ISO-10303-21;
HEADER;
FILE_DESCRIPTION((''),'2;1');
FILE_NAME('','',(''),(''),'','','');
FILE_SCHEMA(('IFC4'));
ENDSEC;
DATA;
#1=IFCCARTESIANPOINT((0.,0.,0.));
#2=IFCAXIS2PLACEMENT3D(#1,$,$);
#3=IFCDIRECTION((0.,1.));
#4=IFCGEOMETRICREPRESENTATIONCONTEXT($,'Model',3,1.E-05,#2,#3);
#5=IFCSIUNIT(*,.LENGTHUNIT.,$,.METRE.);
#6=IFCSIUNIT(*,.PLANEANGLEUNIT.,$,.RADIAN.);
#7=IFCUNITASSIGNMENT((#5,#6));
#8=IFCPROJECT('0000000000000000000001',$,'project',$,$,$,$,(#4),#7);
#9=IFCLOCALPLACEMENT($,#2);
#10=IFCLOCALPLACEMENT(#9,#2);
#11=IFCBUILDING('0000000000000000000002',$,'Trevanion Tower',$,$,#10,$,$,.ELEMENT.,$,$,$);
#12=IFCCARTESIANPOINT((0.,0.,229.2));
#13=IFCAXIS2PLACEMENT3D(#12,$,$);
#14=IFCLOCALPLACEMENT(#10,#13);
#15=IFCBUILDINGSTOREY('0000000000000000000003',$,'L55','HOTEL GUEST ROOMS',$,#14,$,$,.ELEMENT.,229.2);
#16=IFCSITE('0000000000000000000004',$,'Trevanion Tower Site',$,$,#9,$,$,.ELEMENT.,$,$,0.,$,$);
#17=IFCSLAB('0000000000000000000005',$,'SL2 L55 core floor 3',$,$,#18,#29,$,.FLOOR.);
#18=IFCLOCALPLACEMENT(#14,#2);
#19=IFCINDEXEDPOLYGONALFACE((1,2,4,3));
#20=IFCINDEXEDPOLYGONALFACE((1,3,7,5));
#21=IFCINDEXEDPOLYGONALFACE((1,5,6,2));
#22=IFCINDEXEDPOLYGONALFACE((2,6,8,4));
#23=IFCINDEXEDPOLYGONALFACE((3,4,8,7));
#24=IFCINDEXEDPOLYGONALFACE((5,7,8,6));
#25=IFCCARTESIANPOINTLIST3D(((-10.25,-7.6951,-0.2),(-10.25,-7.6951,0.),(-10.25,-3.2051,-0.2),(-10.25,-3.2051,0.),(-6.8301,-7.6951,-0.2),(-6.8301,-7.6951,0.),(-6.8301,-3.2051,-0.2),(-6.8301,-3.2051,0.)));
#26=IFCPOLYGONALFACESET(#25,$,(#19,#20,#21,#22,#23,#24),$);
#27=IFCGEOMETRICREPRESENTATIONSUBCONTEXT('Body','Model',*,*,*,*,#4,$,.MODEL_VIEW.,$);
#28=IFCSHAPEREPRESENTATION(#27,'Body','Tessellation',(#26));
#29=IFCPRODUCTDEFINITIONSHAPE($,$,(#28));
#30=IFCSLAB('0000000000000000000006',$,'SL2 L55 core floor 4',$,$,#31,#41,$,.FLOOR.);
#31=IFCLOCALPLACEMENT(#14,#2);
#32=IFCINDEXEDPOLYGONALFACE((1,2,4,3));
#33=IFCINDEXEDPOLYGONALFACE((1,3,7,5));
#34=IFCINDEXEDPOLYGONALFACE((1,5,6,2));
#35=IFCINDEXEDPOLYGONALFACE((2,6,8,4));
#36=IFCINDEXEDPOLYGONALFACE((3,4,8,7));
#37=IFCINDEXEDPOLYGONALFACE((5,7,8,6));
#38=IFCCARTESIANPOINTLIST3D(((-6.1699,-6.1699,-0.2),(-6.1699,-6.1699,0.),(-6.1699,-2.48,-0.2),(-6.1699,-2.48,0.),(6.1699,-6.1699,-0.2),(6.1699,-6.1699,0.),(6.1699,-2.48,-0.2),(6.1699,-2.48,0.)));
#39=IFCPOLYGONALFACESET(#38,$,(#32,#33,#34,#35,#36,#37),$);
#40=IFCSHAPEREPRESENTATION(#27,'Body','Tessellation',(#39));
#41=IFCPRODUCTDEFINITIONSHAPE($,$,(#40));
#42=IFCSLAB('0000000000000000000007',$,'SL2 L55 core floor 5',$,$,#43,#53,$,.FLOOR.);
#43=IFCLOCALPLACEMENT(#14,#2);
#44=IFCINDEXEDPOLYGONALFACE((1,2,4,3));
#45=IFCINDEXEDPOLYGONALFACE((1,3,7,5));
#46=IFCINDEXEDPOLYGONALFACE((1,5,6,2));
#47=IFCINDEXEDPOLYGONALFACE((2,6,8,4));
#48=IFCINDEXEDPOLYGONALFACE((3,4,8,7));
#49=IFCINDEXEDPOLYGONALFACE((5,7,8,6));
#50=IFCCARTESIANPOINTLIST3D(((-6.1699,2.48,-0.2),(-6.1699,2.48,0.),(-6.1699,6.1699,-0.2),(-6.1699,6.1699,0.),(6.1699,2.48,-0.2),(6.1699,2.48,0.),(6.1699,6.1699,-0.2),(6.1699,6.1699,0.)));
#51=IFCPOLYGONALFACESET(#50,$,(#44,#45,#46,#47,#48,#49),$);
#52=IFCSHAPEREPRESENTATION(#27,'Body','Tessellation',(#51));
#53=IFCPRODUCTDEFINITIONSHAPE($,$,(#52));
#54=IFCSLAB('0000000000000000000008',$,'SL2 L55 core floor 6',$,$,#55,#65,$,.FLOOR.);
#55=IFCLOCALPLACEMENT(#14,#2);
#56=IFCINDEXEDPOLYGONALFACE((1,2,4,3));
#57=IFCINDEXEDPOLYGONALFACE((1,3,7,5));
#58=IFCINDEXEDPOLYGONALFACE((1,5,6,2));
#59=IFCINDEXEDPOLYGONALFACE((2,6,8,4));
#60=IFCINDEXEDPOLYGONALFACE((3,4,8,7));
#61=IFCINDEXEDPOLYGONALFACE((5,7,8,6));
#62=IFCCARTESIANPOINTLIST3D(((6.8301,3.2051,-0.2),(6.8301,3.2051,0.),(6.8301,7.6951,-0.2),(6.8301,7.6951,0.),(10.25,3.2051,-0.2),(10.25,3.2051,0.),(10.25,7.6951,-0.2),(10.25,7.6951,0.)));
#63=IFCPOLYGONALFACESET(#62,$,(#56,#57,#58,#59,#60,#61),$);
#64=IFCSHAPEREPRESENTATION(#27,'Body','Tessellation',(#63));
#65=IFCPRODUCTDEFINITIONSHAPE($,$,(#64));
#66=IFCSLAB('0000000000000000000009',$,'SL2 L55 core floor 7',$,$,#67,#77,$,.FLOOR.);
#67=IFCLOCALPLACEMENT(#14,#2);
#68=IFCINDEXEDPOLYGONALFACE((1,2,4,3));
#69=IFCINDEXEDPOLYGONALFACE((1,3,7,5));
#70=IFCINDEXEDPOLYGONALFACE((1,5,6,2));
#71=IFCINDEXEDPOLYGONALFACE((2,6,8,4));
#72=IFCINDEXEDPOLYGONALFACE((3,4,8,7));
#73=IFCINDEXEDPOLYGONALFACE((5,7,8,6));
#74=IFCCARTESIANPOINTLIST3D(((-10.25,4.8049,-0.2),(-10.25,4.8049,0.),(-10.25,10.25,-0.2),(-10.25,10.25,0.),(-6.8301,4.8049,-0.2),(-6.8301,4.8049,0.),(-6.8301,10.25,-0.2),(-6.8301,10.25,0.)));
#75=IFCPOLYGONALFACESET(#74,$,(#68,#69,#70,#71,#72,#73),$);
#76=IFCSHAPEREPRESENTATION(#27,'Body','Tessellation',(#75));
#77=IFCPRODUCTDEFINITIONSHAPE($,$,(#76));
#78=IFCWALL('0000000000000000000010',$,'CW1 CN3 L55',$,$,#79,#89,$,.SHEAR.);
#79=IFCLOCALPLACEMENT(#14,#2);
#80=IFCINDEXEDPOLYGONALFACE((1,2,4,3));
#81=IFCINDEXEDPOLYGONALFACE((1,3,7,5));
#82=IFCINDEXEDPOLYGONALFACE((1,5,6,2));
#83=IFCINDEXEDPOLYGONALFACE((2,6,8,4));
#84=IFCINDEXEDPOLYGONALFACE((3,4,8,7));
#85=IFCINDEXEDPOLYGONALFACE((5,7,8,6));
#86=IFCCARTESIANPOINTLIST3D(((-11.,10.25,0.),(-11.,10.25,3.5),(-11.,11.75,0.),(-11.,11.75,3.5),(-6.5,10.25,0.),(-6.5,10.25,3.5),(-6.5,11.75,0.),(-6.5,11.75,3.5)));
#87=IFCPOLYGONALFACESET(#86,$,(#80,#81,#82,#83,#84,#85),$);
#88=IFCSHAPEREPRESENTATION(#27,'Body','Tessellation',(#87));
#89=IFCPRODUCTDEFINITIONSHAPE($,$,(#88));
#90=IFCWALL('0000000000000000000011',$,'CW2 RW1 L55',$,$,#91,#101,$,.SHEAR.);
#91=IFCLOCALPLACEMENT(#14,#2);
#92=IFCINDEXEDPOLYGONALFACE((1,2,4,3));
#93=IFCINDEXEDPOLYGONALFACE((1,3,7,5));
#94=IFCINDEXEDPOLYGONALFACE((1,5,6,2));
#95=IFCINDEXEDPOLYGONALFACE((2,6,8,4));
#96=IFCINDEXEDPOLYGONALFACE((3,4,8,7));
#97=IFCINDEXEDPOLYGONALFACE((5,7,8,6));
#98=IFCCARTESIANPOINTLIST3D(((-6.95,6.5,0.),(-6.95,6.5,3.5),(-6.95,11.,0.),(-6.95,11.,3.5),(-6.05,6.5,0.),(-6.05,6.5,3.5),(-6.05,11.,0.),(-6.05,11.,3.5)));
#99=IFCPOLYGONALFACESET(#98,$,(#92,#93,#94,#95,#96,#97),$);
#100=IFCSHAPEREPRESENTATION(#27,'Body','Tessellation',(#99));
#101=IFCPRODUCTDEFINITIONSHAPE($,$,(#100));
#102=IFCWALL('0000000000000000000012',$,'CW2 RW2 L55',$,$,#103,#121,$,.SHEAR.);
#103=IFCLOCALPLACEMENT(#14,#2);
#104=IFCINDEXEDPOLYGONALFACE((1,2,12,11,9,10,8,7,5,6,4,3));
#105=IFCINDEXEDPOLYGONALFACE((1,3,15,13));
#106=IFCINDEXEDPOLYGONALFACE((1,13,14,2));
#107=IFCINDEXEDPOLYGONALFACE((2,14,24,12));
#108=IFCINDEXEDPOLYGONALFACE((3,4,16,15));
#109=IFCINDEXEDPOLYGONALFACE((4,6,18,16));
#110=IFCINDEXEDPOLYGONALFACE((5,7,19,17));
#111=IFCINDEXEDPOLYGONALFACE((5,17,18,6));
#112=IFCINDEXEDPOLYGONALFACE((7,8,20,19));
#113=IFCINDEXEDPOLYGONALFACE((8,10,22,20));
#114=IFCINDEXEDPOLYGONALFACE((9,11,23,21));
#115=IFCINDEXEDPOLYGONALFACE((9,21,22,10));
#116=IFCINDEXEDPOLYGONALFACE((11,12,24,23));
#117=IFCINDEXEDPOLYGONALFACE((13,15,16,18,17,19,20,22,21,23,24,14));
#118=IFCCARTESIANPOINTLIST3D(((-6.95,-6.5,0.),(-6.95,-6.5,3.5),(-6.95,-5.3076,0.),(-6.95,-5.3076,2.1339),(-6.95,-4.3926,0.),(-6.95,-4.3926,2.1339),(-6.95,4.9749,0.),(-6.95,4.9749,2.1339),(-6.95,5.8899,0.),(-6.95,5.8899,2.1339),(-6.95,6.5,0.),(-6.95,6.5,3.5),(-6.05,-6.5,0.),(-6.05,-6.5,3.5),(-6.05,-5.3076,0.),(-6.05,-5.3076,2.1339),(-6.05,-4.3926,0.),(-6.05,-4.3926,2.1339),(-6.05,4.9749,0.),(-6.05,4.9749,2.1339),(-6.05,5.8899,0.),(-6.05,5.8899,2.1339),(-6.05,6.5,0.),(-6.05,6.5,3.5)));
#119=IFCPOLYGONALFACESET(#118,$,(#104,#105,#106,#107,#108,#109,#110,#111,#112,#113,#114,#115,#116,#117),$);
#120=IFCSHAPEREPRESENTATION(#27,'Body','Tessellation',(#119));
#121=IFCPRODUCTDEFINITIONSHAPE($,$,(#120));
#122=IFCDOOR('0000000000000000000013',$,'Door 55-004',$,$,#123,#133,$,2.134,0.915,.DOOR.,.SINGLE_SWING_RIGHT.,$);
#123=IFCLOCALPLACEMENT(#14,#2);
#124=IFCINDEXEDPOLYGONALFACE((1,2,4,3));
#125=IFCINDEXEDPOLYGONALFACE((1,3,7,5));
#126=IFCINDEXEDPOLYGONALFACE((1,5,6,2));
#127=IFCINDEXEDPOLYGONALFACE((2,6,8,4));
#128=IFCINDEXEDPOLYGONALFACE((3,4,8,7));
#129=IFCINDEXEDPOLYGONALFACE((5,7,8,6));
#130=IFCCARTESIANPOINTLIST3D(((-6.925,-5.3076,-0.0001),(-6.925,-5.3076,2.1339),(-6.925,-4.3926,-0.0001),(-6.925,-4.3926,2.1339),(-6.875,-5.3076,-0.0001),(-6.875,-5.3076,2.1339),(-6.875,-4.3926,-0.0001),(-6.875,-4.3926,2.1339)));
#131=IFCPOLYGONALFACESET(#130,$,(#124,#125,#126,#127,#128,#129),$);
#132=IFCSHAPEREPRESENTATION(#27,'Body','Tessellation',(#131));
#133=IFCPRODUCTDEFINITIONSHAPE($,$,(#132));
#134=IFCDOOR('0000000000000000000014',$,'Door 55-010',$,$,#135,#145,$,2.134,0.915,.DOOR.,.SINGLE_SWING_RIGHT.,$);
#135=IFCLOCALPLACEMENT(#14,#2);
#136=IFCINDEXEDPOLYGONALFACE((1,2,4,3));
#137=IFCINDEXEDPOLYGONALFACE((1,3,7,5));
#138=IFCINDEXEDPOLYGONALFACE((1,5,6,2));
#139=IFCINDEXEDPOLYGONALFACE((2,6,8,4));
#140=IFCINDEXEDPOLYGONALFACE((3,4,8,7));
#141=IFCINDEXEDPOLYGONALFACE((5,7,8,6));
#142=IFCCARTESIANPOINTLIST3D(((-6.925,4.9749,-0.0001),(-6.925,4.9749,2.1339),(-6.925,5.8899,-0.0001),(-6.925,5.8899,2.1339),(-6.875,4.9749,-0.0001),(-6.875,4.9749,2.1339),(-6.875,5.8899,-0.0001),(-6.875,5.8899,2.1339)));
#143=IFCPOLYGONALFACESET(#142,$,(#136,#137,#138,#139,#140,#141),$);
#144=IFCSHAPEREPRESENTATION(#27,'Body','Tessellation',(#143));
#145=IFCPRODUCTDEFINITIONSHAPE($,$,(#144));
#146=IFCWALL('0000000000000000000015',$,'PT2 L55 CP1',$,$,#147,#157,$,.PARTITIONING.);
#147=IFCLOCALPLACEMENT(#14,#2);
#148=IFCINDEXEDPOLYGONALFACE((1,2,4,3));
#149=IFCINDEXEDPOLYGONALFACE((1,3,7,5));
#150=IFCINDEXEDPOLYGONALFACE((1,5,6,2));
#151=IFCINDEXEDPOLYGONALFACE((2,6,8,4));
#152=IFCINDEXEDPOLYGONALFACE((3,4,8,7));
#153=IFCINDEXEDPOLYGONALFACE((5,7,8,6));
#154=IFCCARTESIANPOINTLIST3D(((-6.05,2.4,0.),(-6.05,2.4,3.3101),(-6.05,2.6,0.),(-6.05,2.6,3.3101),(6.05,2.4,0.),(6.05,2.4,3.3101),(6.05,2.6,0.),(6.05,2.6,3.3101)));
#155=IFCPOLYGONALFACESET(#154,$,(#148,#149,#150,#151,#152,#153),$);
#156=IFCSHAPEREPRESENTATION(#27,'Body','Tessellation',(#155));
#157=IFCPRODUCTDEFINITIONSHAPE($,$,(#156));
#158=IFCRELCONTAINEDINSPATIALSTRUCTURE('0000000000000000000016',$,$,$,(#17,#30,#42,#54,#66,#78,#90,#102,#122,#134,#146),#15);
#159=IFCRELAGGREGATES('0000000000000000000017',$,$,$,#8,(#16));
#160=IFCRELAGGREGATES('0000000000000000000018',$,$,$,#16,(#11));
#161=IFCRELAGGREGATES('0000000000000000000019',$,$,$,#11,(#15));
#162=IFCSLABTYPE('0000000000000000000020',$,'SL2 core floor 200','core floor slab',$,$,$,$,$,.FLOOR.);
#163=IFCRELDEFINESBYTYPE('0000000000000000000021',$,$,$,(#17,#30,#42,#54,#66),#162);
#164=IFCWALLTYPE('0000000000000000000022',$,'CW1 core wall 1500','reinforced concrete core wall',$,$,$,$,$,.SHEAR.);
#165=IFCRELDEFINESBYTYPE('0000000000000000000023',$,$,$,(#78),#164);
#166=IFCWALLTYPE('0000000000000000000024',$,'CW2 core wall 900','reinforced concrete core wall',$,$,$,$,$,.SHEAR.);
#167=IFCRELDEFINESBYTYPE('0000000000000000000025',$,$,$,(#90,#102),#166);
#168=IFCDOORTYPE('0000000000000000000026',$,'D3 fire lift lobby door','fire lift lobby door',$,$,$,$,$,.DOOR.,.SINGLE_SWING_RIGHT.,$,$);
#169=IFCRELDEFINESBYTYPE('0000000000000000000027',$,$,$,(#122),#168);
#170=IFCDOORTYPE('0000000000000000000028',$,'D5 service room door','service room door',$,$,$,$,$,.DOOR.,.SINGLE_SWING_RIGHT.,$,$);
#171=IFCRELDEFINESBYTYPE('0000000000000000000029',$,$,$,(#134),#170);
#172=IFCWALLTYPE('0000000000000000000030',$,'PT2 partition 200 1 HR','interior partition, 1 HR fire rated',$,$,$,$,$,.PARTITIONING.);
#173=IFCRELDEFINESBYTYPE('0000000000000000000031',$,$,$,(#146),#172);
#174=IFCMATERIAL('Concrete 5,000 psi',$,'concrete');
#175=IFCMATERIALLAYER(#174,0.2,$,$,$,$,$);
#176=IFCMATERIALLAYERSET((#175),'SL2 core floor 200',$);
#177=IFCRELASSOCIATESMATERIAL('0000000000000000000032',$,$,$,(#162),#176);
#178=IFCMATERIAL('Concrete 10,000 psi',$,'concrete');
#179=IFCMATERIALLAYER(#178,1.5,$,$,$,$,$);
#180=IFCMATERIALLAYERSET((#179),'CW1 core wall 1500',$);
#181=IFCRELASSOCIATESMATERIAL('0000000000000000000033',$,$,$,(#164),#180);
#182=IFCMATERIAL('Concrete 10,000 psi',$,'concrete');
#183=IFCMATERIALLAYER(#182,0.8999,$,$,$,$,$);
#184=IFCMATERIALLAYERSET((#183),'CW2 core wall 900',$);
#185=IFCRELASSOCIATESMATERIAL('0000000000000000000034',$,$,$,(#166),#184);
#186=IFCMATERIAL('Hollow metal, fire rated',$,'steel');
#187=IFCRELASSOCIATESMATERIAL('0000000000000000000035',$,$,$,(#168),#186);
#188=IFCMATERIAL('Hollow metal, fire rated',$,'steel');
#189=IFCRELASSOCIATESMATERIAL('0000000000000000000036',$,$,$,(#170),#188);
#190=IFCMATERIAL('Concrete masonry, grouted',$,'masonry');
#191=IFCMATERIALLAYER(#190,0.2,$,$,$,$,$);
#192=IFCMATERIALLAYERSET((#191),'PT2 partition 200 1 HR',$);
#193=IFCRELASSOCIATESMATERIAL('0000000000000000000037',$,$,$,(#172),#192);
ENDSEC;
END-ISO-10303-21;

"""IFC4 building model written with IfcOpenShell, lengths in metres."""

from ifc_helpers import new_model, si_unit, direction, frame, frame_2d, origin, place, context, subcontext, project, spatial, polyline, rectangle, outline, extrude, material, layer, layer_set, type_object, element, fill, save


model = new_model("IFC4")

# Units and contexts
model_context = context("Model", 3, precision=1e-05, world=origin(), true_north=direction((0.0, 1.0)))
body_context = subcontext(model_context, "Body", "Model", "MODEL_VIEW")
ifc_project = project(units=[si_unit("LENGTHUNIT", "METRE"), si_unit("PLANEANGLEUNIT", "RADIAN")], contexts=[model_context])

# Site, building, storey
site_placement = place(None, origin())
site = spatial("IfcSite", under=ifc_project, at=site_placement, Name="Trevanion Tower Site", CompositionType="ELEMENT", RefElevation=0.0)
building_placement = place(site_placement, origin())
building = spatial("IfcBuilding", under=site, at=building_placement, Name="Trevanion Tower", CompositionType="ELEMENT")
storey_placement = place(building_placement, frame((0.0, 0.0, 229.2)))
storey = spatial("IfcBuildingStorey", under=building, at=storey_placement, Name="L55", Description="HOTEL GUEST ROOMS", CompositionType="ELEMENT", Elevation=229.2)

# Slabs
ifc_material_1 = material(Name="Concrete 5,000 psi", Category="concrete")
ifc_layer_1 = layer(ifc_material_1, 0.2)
ifc_layer_set_1 = layer_set([ifc_layer_1], Name="SL2 core floor 200")
slab_type = type_object("IfcSlabType", Name="SL2 core floor 200", Description="core floor slab", PredefinedType="FLOOR", material=ifc_layer_set_1)
slab_1_placement = place(storey_placement, frame((0.0, 0.0, -0.2)))
element("IfcSlab", 1, at=slab_1_placement, inside=storey, type_object=slab_type, Name="SL2 L55 core floor 3", PredefinedType="FLOOR", context=body_context, shape_type="SweptSolid", body=[
    extrude(outline(polyline([(-6.8301, -3.2051), (-6.8301, -7.6951), (-10.25, -7.6951), (-10.25, -3.2051), (-6.8301, -3.2051)])), origin(), (0.0, 0.0, 1.0), 0.2),
])
slab_2_placement = place(storey_placement, frame((0.0, 0.0, -0.2)))
element("IfcSlab", 2, at=slab_2_placement, inside=storey, type_object=slab_type, Name="SL2 L55 core floor 4", PredefinedType="FLOOR", context=body_context, shape_type="SweptSolid", body=[
    extrude(outline(polyline([(6.1699, -6.1699), (-6.1699, -6.1699), (-6.1699, -2.48), (6.1699, -2.48), (6.1699, -6.1699)])), origin(), (0.0, 0.0, 1.0), 0.2),
])
slab_3_placement = place(storey_placement, frame((0.0, 0.0, -0.2)))
element("IfcSlab", 3, at=slab_3_placement, inside=storey, type_object=slab_type, Name="SL2 L55 core floor 5", PredefinedType="FLOOR", context=body_context, shape_type="SweptSolid", body=[
    extrude(outline(polyline([(6.1699, 2.48), (-6.1699, 2.48), (-6.1699, 6.1699), (6.1699, 6.1699), (6.1699, 2.48)])), origin(), (0.0, 0.0, 1.0), 0.2),
])
slab_4_placement = place(storey_placement, frame((0.0, 0.0, -0.2)))
element("IfcSlab", 4, at=slab_4_placement, inside=storey, type_object=slab_type, Name="SL2 L55 core floor 6", PredefinedType="FLOOR", context=body_context, shape_type="SweptSolid", body=[
    extrude(outline(polyline([(6.8301, 3.2051), (6.8301, 7.6951), (10.25, 7.6951), (10.25, 3.2051), (6.8301, 3.2051)])), origin(), (0.0, 0.0, 1.0), 0.2),
])
slab_5_placement = place(storey_placement, frame((0.0, 0.0, -0.2)))
element("IfcSlab", 5, at=slab_5_placement, inside=storey, type_object=slab_type, Name="SL2 L55 core floor 7", PredefinedType="FLOOR", context=body_context, shape_type="SweptSolid", body=[
    extrude(outline(polyline([(-6.8301, 4.8049), (-10.25, 4.8049), (-10.25, 10.25), (-6.8301, 10.25), (-6.8301, 4.8049)])), origin(), (0.0, 0.0, 1.0), 0.2),
])

# Walls
ifc_material_2 = material(Name="Concrete 10,000 psi", Category="concrete")
ifc_layer_2 = layer(ifc_material_2, 1.5)
ifc_layer_set_2 = layer_set([ifc_layer_2], Name="CW1 core wall 1500")
wall_type_1 = type_object("IfcWallType", Name="CW1 core wall 1500", Description="reinforced concrete core wall", PredefinedType="SHEAR", material=ifc_layer_set_2)
wall_1_placement = place(storey_placement, frame((-6.5, 11.0, 0.0), z_axis=(0.0, 0.0, 1.0), x_axis=(-1.0, 0.0, 0.0)))
element("IfcWall", 6, at=wall_1_placement, inside=storey, type_object=wall_type_1, Name="CW1 CN3 L55", PredefinedType="SHEAR", context=body_context, shape_type="SweptSolid", body=[
    extrude(rectangle(XDim=4.5, YDim=1.5, at=frame_2d((2.25, 0.0))), origin(), (0.0, 0.0, 1.0), 3.5),
])
ifc_material_3 = material(Name="Concrete 10,000 psi", Category="concrete")
ifc_layer_3 = layer(ifc_material_3, 0.8999)
ifc_layer_set_3 = layer_set([ifc_layer_3], Name="CW2 core wall 900")
wall_type_2 = type_object("IfcWallType", Name="CW2 core wall 900", Description="reinforced concrete core wall", PredefinedType="SHEAR", material=ifc_layer_set_3)
wall_2_placement = place(storey_placement, frame((-6.5, 11.0, 0.0), z_axis=(0.0, 0.0, 1.0), x_axis=(0.0, -1.0, 0.0)))
element("IfcWall", 7, at=wall_2_placement, inside=storey, type_object=wall_type_2, Name="CW2 RW1 L55", PredefinedType="SHEAR", context=body_context, shape_type="SweptSolid", body=[
    extrude(rectangle(XDim=4.5, YDim=0.8999, at=frame_2d((2.25, 0.0))), origin(), (0.0, 0.0, 1.0), 3.5),
])

# Wall, openings, doors
wall_3_placement = place(storey_placement, frame((-6.5, 6.5, 0.0), z_axis=(0.0, 0.0, 1.0), x_axis=(0.0, -1.0, 0.0)))
wall_3 = element("IfcWall", 8, at=wall_3_placement, inside=storey, type_object=wall_type_2, Name="CW2 RW2 L55", PredefinedType="SHEAR", context=body_context, shape_type="SweptSolid", body=[
    extrude(rectangle(XDim=13.0, YDim=0.8999, at=frame_2d((6.5, 0.0))), origin(), (0.0, 0.0, 1.0), 3.5),
])
opening_1_placement = place(wall_3_placement, frame((10.8926, 0.0, 0.0)))
opening_1 = element("IfcOpeningElement", 9, at=opening_1_placement, cuts=wall_3, PredefinedType="OPENING", context=body_context, shape_type="SweptSolid", body=[
    extrude(rectangle(XDim=0.915, YDim=2.134, at=frame_2d((0.4575, 1.0669))), frame((0.0, 0.46, 0.0), z_axis=(0.0, -1.0, 0.0), x_axis=(1.0, 0.0, 0.0)), (0.0, 0.0, 1.0), 0.9199),
])
opening_2_placement = place(wall_3_placement, frame((0.6101, 0.0, 0.0)))
opening_2 = element("IfcOpeningElement", 10, at=opening_2_placement, cuts=wall_3, PredefinedType="OPENING", context=body_context, shape_type="SweptSolid", body=[
    extrude(rectangle(XDim=0.915, YDim=2.134, at=frame_2d((0.4575, 1.0669))), frame((0.0, 0.46, 0.0), z_axis=(0.0, -1.0, 0.0), x_axis=(1.0, 0.0, 0.0)), (0.0, 0.0, 1.0), 0.9199),
])
ifc_material_4 = material(Name="Hollow metal, fire rated", Category="steel")
door_type_1 = type_object("IfcDoorType", Name="D3 fire lift lobby door", Description="fire lift lobby door", OperationType="SINGLE_SWING_RIGHT", PredefinedType="DOOR", material=ifc_material_4)
door_1_placement = place(opening_1_placement, origin())
door_1 = element("IfcDoor", 11, at=door_1_placement, inside=storey, type_object=door_type_1, Name="Door 55-004", OperationType="SINGLE_SWING_RIGHT", OverallHeight=2.134, OverallWidth=0.915, PredefinedType="DOOR", context=body_context, shape_type="SweptSolid", body=[
    extrude(rectangle(XDim=0.915, YDim=2.134, at=frame_2d((0.4575, 1.0669))), frame((0.0, -0.375, 0.0), z_axis=(0.0, -1.0, 0.0), x_axis=(1.0, 0.0, 0.0)), (0.0, 0.0, 1.0), 0.05),
])
fill(opening_1, door_1)
ifc_material_5 = material(Name="Hollow metal, fire rated", Category="steel")
door_type_2 = type_object("IfcDoorType", Name="D5 service room door", Description="service room door", OperationType="SINGLE_SWING_RIGHT", PredefinedType="DOOR", material=ifc_material_5)
door_2_placement = place(opening_2_placement, origin())
door_2 = element("IfcDoor", 12, at=door_2_placement, inside=storey, type_object=door_type_2, Name="Door 55-010", OperationType="SINGLE_SWING_RIGHT", OverallHeight=2.134, OverallWidth=0.915, PredefinedType="DOOR", context=body_context, shape_type="SweptSolid", body=[
    extrude(rectangle(XDim=0.915, YDim=2.134, at=frame_2d((0.4575, 1.0669))), frame((0.0, -0.375, 0.0), z_axis=(0.0, -1.0, 0.0), x_axis=(1.0, 0.0, 0.0)), (0.0, 0.0, 1.0), 0.05),
])
fill(opening_2, door_2)

# Wall
ifc_material_6 = material(Name="Concrete masonry, grouted", Category="masonry")
ifc_layer_4 = layer(ifc_material_6, 0.2)
ifc_layer_set_4 = layer_set([ifc_layer_4], Name="PT2 partition 200 1 HR")
wall_type_3 = type_object("IfcWallType", Name="PT2 partition 200 1 HR", Description="interior partition, 1 HR fire rated", PredefinedType="PARTITIONING", material=ifc_layer_set_4)
wall_4_placement = place(storey_placement, frame((-6.05, 2.5, 0.0), z_axis=(0.0, 0.0, 1.0), x_axis=(1.0, 0.0, 0.0)))
element("IfcWall", 13, at=wall_4_placement, inside=storey, type_object=wall_type_3, Name="PT2 L55 CP1", PredefinedType="PARTITIONING", context=body_context, shape_type="SweptSolid", body=[
    extrude(rectangle(XDim=12.1001, YDim=0.2, at=frame_2d((6.05, 0.0))), origin(), (0.0, 0.0, 1.0), 3.3101),
])

save(model, "model.ifc")
